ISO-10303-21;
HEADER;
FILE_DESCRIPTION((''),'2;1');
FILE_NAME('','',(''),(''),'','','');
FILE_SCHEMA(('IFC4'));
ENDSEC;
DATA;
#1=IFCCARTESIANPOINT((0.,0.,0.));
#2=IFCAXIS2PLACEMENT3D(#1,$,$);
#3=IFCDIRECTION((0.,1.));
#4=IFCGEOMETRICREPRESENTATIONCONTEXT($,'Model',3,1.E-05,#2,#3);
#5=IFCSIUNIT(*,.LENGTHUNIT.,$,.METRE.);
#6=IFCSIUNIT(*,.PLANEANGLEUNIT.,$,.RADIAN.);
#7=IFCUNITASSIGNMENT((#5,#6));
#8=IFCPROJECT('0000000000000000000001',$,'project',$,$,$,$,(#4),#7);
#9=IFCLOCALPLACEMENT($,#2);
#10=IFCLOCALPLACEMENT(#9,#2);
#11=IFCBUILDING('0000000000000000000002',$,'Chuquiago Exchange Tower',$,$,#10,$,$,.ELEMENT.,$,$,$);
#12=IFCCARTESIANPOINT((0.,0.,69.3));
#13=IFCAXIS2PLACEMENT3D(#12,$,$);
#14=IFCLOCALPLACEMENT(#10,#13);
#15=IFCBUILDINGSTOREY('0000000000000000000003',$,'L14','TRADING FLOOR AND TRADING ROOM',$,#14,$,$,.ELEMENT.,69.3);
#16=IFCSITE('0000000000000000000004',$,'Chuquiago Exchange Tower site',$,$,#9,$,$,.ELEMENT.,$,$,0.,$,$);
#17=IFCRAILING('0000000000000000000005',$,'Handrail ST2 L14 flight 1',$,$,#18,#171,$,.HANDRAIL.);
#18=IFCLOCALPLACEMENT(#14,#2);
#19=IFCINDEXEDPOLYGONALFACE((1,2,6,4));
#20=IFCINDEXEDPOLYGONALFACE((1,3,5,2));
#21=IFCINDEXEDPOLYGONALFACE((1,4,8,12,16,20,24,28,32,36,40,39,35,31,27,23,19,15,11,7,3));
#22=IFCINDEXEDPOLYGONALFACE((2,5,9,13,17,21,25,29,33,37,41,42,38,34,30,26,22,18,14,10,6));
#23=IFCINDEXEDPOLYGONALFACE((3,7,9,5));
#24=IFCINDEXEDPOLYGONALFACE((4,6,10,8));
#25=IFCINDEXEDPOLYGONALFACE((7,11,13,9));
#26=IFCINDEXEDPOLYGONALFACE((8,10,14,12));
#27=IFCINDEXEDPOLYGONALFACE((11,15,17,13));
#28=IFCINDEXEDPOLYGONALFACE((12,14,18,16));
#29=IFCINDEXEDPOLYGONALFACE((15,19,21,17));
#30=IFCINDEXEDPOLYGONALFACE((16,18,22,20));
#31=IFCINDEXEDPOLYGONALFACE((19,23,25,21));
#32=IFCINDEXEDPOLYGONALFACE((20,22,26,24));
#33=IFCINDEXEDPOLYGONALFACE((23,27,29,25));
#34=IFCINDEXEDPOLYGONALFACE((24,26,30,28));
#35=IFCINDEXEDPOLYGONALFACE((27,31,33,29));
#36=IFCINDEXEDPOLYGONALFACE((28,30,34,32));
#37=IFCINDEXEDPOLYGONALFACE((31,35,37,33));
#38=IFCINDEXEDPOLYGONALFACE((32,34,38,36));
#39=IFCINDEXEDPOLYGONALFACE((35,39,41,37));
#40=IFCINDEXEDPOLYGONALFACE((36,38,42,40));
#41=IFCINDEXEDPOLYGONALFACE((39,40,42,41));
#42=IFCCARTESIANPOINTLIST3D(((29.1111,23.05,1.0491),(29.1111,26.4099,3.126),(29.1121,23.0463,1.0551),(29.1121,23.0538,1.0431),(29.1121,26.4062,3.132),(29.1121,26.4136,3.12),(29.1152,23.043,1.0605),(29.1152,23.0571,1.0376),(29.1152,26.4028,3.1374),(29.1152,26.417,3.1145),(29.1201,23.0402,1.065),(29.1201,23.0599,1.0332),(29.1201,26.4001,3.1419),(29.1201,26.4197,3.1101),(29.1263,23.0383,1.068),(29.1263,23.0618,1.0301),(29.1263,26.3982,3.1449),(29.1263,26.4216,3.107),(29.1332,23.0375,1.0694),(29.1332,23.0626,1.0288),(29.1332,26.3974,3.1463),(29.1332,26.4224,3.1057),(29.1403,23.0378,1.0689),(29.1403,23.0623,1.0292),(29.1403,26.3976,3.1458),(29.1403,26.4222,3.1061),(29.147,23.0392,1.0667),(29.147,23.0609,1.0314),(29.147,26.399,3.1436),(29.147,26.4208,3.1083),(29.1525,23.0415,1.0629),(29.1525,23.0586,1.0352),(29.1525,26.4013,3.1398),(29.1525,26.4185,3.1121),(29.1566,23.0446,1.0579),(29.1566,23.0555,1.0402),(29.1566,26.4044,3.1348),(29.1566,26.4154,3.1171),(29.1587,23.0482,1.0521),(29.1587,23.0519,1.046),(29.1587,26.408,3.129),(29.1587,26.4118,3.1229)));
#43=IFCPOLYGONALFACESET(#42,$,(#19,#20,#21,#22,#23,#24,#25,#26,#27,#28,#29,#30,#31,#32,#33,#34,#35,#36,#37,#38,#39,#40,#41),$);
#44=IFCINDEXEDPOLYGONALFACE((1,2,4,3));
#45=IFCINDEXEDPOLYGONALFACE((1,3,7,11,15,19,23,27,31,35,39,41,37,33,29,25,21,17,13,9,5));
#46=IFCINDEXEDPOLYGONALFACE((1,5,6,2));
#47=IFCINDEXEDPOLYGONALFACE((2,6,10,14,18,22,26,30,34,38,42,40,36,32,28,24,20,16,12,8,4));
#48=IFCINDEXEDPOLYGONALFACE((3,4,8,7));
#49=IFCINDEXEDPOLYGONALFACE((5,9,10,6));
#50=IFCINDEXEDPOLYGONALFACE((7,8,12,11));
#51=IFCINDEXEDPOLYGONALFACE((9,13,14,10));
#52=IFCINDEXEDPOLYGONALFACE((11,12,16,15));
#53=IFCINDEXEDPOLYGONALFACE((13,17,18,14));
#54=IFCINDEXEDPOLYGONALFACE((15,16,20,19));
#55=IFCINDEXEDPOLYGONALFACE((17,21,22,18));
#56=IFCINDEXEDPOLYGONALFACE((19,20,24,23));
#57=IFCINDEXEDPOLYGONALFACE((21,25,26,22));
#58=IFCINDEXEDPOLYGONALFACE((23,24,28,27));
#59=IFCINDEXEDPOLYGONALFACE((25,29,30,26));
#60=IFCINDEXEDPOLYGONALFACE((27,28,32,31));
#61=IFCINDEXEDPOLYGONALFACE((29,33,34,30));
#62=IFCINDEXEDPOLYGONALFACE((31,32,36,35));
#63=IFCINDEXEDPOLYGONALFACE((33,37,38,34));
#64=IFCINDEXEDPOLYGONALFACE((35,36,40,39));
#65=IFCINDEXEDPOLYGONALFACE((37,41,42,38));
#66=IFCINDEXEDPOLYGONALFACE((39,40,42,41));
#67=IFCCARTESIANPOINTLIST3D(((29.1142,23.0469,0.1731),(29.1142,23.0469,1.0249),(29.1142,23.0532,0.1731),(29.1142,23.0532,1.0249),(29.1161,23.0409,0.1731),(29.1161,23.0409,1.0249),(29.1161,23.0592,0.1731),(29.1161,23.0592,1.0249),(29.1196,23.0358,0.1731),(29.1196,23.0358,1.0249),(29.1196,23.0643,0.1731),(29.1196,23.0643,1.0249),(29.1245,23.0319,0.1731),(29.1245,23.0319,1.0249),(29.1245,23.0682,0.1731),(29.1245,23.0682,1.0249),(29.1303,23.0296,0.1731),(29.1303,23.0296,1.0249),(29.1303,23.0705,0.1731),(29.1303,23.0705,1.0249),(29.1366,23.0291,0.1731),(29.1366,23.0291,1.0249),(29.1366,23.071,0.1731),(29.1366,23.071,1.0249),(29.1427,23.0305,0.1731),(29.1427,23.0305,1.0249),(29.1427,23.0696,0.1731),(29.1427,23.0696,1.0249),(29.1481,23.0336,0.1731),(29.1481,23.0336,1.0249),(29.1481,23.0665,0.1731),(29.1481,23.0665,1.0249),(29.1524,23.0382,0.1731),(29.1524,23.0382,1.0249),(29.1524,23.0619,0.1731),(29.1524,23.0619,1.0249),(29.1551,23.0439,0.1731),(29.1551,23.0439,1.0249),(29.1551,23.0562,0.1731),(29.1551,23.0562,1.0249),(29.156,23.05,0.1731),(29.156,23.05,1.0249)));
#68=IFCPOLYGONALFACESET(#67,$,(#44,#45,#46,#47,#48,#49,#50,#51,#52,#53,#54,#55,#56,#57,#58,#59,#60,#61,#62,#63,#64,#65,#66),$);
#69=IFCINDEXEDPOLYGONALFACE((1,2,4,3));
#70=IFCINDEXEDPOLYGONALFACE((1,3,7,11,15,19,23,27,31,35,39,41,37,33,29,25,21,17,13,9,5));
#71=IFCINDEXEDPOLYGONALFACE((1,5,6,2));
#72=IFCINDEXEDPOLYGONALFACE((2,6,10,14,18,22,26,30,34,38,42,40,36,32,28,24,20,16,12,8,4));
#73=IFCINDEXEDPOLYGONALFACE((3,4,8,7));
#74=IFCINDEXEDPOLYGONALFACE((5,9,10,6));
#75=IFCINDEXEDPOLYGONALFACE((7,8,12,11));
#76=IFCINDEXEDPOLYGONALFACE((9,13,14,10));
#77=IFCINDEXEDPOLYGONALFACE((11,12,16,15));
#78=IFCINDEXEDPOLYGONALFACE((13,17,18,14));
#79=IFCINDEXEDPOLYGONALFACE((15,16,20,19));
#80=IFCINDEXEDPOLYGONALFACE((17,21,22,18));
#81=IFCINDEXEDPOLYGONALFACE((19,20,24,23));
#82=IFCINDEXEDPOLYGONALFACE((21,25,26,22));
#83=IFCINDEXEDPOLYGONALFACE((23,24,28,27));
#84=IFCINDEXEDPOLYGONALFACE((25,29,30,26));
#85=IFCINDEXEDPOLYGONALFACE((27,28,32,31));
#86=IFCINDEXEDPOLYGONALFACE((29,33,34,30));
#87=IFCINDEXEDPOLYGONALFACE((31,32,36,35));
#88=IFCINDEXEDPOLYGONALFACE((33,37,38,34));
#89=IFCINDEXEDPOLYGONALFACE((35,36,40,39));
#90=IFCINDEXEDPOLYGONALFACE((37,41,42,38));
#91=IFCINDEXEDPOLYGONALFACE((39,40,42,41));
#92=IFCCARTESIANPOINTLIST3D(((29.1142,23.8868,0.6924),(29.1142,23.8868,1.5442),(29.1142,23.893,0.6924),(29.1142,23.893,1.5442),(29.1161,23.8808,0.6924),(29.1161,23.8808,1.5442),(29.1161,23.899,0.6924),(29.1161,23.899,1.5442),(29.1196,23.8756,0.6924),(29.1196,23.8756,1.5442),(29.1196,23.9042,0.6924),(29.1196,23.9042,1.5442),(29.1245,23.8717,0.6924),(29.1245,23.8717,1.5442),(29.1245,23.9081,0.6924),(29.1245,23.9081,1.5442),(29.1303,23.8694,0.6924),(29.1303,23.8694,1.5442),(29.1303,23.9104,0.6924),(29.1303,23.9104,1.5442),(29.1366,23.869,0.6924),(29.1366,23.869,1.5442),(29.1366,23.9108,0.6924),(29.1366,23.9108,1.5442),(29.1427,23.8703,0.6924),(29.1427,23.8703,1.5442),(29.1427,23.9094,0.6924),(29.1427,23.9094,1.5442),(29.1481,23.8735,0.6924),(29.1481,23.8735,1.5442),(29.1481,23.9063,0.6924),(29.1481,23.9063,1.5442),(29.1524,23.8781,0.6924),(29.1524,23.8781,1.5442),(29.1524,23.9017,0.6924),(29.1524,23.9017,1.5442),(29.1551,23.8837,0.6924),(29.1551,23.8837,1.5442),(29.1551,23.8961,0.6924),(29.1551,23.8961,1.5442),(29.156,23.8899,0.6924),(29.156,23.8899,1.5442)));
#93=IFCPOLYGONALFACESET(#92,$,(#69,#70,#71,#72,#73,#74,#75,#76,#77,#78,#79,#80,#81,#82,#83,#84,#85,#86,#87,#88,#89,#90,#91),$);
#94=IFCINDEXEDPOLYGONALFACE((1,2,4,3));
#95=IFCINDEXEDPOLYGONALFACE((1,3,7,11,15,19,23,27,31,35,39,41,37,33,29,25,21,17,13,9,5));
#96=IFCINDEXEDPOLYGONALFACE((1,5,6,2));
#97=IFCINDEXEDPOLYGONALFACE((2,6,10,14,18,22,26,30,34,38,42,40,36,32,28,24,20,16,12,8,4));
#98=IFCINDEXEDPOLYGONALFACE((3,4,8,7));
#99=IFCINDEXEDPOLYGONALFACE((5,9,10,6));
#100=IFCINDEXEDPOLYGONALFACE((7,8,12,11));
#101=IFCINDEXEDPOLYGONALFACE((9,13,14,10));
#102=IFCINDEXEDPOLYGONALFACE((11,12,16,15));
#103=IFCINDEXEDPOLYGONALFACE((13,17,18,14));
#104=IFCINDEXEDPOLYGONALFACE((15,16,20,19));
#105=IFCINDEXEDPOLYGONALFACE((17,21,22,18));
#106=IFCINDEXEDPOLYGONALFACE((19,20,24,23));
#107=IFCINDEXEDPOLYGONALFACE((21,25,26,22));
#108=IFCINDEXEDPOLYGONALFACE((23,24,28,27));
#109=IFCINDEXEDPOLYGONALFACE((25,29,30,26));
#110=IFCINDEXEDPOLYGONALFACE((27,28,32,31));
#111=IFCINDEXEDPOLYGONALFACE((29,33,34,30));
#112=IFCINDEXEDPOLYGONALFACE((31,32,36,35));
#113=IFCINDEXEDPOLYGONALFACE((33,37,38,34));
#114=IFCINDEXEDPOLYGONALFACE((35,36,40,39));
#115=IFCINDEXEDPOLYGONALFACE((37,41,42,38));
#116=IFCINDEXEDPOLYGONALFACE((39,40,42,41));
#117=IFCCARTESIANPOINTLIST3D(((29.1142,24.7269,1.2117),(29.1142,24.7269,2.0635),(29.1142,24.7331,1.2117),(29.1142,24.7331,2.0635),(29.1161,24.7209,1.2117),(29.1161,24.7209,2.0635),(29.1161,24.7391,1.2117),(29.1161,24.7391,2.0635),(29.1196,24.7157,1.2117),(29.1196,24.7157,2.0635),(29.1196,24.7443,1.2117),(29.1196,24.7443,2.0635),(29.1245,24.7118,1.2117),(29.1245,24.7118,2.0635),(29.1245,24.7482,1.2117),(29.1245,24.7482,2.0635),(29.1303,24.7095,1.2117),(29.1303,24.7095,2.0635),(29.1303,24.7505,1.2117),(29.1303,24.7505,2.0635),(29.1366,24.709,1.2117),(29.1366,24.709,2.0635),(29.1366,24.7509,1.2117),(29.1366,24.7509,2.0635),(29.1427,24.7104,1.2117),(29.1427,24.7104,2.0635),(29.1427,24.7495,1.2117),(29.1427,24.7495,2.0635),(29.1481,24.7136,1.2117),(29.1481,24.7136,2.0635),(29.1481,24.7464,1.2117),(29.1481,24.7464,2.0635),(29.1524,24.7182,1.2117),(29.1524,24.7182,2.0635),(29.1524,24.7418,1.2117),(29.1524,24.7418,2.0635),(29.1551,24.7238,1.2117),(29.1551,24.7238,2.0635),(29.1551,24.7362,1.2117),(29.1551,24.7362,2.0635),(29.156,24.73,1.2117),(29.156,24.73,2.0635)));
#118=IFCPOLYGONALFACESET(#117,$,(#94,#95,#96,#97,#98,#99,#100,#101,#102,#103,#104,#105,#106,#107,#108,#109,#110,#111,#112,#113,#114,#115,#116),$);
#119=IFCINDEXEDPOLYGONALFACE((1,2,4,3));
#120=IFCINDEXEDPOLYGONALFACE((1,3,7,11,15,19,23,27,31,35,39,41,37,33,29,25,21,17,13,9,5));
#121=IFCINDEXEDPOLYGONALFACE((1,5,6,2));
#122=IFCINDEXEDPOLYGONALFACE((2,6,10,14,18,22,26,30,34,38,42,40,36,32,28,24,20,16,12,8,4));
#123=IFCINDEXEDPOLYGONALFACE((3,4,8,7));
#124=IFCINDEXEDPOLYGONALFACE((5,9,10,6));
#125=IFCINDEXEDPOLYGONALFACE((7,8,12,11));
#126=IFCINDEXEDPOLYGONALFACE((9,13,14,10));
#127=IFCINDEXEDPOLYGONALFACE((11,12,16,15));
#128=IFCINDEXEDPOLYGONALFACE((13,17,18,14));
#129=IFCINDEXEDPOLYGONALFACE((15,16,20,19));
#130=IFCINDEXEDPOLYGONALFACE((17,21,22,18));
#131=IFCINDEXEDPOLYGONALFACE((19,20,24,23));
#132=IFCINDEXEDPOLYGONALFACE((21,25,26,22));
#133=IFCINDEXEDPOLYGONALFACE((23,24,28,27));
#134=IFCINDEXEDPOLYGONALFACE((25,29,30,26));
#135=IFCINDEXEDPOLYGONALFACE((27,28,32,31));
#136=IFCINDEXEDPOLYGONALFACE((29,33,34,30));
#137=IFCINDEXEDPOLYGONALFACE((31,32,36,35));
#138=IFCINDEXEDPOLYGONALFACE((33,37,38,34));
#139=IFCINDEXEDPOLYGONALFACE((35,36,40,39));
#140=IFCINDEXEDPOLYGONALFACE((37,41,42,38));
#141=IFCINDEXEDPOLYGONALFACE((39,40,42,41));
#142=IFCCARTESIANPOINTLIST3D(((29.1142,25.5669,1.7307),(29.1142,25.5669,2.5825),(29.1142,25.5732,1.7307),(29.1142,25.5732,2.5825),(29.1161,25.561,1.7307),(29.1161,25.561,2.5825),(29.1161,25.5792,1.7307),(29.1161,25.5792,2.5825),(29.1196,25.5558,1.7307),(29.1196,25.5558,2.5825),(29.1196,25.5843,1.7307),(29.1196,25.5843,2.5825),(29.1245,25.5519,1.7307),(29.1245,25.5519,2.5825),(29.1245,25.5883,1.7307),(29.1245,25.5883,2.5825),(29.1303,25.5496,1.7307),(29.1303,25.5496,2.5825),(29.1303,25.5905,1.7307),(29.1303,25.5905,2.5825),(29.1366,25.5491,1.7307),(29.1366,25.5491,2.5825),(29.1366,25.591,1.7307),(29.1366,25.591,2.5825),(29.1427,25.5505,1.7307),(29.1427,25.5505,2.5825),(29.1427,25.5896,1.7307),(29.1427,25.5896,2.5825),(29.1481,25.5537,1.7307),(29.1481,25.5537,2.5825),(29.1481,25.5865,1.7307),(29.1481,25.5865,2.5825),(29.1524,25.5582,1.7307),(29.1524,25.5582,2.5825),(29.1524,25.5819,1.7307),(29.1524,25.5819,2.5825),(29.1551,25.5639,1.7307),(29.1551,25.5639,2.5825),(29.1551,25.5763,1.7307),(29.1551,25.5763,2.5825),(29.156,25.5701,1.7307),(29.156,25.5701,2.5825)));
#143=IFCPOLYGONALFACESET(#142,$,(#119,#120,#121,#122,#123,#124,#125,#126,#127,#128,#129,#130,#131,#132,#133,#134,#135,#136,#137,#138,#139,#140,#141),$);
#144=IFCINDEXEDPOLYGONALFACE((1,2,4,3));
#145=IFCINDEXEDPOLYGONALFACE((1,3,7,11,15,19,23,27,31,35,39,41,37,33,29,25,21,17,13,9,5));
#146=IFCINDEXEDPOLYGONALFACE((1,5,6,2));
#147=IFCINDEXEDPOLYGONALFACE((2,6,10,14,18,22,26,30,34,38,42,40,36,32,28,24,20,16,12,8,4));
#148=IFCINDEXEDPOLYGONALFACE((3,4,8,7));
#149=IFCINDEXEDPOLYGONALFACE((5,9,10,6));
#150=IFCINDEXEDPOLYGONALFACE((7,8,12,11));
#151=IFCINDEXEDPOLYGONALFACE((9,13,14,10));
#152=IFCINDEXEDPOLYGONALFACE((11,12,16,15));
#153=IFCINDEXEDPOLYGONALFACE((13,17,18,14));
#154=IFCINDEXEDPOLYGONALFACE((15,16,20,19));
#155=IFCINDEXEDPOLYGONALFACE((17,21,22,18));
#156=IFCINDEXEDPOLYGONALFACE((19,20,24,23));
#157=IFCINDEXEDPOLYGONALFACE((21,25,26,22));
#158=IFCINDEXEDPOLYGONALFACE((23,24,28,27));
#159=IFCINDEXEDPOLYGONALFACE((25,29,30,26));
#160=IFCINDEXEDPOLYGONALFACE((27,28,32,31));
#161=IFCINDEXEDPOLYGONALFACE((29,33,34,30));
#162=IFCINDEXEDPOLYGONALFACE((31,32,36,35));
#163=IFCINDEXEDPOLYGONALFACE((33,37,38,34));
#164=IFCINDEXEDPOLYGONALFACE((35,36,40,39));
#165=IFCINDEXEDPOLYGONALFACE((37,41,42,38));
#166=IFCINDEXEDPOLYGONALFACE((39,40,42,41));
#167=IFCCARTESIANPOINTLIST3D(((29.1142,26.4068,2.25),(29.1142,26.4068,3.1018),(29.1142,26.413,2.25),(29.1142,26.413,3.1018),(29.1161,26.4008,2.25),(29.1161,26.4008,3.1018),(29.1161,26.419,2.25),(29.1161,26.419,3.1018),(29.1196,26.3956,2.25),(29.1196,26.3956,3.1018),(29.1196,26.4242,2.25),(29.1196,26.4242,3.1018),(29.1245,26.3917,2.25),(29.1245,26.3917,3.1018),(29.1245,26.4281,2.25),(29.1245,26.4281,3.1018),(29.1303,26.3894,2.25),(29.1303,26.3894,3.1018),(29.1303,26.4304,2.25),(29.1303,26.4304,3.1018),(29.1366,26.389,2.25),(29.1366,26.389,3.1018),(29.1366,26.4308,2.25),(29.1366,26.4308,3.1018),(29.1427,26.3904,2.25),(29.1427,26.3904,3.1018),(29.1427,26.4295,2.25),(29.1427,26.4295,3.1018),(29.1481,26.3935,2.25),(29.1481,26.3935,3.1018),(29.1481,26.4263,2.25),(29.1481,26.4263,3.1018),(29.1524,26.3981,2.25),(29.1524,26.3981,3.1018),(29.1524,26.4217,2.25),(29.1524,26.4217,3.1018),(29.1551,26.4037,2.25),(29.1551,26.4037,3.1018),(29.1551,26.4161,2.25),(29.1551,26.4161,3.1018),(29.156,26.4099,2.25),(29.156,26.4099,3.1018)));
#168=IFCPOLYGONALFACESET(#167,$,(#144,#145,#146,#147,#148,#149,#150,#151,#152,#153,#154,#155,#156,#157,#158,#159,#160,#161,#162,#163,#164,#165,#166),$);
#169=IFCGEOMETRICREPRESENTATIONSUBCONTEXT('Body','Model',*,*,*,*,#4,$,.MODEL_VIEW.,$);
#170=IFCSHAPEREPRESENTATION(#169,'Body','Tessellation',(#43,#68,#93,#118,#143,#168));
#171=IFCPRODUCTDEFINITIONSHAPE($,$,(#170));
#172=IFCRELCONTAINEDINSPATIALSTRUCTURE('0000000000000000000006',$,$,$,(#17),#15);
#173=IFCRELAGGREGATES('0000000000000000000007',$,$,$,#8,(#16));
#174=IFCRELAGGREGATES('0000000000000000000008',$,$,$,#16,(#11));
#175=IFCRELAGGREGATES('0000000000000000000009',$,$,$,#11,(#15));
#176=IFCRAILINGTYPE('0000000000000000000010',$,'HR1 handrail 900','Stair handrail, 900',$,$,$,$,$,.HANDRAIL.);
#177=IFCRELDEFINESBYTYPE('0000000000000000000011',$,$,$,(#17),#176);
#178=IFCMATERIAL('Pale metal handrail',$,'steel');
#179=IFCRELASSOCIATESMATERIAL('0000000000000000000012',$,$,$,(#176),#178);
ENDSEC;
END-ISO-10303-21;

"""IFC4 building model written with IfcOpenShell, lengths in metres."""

from ifc_helpers import new_model, si_unit, direction, frame, origin, origin_2d, place, context, subcontext, project, spatial, circle, extrude, material, type_object, element, save


model = new_model("IFC4")

# Units and contexts
model_context = context("Model", 3, precision=1e-05, world=origin(), true_north=direction((0.0, 1.0)))
body_context = subcontext(model_context, "Body", "Model", "MODEL_VIEW")
ifc_project = project(units=[si_unit("LENGTHUNIT", "METRE"), si_unit("PLANEANGLEUNIT", "RADIAN")], contexts=[model_context])

# Site, building, storey
site_placement = place(None, origin())
site = spatial("IfcSite", under=ifc_project, at=site_placement, Name="Chuquiago Exchange Tower site", CompositionType="ELEMENT", RefElevation=0.0)
building_placement = place(site_placement, origin())
building = spatial("IfcBuilding", under=site, at=building_placement, Name="Chuquiago Exchange Tower", CompositionType="ELEMENT")
storey_placement = place(building_placement, frame((0.0, 0.0, 69.3)))
storey = spatial("IfcBuildingStorey", under=building, at=storey_placement, Name="L14", Description="TRADING FLOOR AND TRADING ROOM", CompositionType="ELEMENT", Elevation=69.3)

# Railing
ifc_material_1 = material(Name="Pale metal handrail", Category="steel")
railing_type = type_object("IfcRailingType", Name="HR1 handrail 900", Description="Stair handrail, 900", PredefinedType="HANDRAIL", material=ifc_material_1)
for number, where, name in (
    (1, (29.135, 23.05, 0.1731), "Handrail ST2 L14 flight 1"),
):
    element("IfcRailing", number, at=place(storey_placement, frame(where)), inside=storey, type_object=railing_type, Name=name, PredefinedType="HANDRAIL", context=body_context, shape_type="SweptSolid", body=[
        extrude(circle(Radius=0.0239, at=origin_2d()), frame((0.0, 0.0, 0.876), z_axis=(0.0, 0.850606, 0.525803), x_axis=(-1.0, 0.0, 0.0)), (0.0, 0.0, 1.0), 3.95),
        extrude(circle(Radius=0.021, at=origin_2d()), origin(), (0.0, 0.0, 1.0), 0.8518),
        extrude(circle(Radius=0.021, at=origin_2d()), frame((0.0, 0.8398, 0.5193)), (0.0, 0.0, 1.0), 0.8518),
        extrude(circle(Radius=0.021, at=origin_2d()), frame((0.0, 1.6799, 1.0386)), (0.0, 0.0, 1.0), 0.8518),
        extrude(circle(Radius=0.021, at=origin_2d()), frame((0.0, 2.52, 1.5576)), (0.0, 0.0, 1.0), 0.8518),
        extrude(circle(Radius=0.021, at=origin_2d()), frame((0.0, 3.3599, 2.0769)), (0.0, 0.0, 1.0), 0.8518),
    ])

save(model, "model.ifc")
